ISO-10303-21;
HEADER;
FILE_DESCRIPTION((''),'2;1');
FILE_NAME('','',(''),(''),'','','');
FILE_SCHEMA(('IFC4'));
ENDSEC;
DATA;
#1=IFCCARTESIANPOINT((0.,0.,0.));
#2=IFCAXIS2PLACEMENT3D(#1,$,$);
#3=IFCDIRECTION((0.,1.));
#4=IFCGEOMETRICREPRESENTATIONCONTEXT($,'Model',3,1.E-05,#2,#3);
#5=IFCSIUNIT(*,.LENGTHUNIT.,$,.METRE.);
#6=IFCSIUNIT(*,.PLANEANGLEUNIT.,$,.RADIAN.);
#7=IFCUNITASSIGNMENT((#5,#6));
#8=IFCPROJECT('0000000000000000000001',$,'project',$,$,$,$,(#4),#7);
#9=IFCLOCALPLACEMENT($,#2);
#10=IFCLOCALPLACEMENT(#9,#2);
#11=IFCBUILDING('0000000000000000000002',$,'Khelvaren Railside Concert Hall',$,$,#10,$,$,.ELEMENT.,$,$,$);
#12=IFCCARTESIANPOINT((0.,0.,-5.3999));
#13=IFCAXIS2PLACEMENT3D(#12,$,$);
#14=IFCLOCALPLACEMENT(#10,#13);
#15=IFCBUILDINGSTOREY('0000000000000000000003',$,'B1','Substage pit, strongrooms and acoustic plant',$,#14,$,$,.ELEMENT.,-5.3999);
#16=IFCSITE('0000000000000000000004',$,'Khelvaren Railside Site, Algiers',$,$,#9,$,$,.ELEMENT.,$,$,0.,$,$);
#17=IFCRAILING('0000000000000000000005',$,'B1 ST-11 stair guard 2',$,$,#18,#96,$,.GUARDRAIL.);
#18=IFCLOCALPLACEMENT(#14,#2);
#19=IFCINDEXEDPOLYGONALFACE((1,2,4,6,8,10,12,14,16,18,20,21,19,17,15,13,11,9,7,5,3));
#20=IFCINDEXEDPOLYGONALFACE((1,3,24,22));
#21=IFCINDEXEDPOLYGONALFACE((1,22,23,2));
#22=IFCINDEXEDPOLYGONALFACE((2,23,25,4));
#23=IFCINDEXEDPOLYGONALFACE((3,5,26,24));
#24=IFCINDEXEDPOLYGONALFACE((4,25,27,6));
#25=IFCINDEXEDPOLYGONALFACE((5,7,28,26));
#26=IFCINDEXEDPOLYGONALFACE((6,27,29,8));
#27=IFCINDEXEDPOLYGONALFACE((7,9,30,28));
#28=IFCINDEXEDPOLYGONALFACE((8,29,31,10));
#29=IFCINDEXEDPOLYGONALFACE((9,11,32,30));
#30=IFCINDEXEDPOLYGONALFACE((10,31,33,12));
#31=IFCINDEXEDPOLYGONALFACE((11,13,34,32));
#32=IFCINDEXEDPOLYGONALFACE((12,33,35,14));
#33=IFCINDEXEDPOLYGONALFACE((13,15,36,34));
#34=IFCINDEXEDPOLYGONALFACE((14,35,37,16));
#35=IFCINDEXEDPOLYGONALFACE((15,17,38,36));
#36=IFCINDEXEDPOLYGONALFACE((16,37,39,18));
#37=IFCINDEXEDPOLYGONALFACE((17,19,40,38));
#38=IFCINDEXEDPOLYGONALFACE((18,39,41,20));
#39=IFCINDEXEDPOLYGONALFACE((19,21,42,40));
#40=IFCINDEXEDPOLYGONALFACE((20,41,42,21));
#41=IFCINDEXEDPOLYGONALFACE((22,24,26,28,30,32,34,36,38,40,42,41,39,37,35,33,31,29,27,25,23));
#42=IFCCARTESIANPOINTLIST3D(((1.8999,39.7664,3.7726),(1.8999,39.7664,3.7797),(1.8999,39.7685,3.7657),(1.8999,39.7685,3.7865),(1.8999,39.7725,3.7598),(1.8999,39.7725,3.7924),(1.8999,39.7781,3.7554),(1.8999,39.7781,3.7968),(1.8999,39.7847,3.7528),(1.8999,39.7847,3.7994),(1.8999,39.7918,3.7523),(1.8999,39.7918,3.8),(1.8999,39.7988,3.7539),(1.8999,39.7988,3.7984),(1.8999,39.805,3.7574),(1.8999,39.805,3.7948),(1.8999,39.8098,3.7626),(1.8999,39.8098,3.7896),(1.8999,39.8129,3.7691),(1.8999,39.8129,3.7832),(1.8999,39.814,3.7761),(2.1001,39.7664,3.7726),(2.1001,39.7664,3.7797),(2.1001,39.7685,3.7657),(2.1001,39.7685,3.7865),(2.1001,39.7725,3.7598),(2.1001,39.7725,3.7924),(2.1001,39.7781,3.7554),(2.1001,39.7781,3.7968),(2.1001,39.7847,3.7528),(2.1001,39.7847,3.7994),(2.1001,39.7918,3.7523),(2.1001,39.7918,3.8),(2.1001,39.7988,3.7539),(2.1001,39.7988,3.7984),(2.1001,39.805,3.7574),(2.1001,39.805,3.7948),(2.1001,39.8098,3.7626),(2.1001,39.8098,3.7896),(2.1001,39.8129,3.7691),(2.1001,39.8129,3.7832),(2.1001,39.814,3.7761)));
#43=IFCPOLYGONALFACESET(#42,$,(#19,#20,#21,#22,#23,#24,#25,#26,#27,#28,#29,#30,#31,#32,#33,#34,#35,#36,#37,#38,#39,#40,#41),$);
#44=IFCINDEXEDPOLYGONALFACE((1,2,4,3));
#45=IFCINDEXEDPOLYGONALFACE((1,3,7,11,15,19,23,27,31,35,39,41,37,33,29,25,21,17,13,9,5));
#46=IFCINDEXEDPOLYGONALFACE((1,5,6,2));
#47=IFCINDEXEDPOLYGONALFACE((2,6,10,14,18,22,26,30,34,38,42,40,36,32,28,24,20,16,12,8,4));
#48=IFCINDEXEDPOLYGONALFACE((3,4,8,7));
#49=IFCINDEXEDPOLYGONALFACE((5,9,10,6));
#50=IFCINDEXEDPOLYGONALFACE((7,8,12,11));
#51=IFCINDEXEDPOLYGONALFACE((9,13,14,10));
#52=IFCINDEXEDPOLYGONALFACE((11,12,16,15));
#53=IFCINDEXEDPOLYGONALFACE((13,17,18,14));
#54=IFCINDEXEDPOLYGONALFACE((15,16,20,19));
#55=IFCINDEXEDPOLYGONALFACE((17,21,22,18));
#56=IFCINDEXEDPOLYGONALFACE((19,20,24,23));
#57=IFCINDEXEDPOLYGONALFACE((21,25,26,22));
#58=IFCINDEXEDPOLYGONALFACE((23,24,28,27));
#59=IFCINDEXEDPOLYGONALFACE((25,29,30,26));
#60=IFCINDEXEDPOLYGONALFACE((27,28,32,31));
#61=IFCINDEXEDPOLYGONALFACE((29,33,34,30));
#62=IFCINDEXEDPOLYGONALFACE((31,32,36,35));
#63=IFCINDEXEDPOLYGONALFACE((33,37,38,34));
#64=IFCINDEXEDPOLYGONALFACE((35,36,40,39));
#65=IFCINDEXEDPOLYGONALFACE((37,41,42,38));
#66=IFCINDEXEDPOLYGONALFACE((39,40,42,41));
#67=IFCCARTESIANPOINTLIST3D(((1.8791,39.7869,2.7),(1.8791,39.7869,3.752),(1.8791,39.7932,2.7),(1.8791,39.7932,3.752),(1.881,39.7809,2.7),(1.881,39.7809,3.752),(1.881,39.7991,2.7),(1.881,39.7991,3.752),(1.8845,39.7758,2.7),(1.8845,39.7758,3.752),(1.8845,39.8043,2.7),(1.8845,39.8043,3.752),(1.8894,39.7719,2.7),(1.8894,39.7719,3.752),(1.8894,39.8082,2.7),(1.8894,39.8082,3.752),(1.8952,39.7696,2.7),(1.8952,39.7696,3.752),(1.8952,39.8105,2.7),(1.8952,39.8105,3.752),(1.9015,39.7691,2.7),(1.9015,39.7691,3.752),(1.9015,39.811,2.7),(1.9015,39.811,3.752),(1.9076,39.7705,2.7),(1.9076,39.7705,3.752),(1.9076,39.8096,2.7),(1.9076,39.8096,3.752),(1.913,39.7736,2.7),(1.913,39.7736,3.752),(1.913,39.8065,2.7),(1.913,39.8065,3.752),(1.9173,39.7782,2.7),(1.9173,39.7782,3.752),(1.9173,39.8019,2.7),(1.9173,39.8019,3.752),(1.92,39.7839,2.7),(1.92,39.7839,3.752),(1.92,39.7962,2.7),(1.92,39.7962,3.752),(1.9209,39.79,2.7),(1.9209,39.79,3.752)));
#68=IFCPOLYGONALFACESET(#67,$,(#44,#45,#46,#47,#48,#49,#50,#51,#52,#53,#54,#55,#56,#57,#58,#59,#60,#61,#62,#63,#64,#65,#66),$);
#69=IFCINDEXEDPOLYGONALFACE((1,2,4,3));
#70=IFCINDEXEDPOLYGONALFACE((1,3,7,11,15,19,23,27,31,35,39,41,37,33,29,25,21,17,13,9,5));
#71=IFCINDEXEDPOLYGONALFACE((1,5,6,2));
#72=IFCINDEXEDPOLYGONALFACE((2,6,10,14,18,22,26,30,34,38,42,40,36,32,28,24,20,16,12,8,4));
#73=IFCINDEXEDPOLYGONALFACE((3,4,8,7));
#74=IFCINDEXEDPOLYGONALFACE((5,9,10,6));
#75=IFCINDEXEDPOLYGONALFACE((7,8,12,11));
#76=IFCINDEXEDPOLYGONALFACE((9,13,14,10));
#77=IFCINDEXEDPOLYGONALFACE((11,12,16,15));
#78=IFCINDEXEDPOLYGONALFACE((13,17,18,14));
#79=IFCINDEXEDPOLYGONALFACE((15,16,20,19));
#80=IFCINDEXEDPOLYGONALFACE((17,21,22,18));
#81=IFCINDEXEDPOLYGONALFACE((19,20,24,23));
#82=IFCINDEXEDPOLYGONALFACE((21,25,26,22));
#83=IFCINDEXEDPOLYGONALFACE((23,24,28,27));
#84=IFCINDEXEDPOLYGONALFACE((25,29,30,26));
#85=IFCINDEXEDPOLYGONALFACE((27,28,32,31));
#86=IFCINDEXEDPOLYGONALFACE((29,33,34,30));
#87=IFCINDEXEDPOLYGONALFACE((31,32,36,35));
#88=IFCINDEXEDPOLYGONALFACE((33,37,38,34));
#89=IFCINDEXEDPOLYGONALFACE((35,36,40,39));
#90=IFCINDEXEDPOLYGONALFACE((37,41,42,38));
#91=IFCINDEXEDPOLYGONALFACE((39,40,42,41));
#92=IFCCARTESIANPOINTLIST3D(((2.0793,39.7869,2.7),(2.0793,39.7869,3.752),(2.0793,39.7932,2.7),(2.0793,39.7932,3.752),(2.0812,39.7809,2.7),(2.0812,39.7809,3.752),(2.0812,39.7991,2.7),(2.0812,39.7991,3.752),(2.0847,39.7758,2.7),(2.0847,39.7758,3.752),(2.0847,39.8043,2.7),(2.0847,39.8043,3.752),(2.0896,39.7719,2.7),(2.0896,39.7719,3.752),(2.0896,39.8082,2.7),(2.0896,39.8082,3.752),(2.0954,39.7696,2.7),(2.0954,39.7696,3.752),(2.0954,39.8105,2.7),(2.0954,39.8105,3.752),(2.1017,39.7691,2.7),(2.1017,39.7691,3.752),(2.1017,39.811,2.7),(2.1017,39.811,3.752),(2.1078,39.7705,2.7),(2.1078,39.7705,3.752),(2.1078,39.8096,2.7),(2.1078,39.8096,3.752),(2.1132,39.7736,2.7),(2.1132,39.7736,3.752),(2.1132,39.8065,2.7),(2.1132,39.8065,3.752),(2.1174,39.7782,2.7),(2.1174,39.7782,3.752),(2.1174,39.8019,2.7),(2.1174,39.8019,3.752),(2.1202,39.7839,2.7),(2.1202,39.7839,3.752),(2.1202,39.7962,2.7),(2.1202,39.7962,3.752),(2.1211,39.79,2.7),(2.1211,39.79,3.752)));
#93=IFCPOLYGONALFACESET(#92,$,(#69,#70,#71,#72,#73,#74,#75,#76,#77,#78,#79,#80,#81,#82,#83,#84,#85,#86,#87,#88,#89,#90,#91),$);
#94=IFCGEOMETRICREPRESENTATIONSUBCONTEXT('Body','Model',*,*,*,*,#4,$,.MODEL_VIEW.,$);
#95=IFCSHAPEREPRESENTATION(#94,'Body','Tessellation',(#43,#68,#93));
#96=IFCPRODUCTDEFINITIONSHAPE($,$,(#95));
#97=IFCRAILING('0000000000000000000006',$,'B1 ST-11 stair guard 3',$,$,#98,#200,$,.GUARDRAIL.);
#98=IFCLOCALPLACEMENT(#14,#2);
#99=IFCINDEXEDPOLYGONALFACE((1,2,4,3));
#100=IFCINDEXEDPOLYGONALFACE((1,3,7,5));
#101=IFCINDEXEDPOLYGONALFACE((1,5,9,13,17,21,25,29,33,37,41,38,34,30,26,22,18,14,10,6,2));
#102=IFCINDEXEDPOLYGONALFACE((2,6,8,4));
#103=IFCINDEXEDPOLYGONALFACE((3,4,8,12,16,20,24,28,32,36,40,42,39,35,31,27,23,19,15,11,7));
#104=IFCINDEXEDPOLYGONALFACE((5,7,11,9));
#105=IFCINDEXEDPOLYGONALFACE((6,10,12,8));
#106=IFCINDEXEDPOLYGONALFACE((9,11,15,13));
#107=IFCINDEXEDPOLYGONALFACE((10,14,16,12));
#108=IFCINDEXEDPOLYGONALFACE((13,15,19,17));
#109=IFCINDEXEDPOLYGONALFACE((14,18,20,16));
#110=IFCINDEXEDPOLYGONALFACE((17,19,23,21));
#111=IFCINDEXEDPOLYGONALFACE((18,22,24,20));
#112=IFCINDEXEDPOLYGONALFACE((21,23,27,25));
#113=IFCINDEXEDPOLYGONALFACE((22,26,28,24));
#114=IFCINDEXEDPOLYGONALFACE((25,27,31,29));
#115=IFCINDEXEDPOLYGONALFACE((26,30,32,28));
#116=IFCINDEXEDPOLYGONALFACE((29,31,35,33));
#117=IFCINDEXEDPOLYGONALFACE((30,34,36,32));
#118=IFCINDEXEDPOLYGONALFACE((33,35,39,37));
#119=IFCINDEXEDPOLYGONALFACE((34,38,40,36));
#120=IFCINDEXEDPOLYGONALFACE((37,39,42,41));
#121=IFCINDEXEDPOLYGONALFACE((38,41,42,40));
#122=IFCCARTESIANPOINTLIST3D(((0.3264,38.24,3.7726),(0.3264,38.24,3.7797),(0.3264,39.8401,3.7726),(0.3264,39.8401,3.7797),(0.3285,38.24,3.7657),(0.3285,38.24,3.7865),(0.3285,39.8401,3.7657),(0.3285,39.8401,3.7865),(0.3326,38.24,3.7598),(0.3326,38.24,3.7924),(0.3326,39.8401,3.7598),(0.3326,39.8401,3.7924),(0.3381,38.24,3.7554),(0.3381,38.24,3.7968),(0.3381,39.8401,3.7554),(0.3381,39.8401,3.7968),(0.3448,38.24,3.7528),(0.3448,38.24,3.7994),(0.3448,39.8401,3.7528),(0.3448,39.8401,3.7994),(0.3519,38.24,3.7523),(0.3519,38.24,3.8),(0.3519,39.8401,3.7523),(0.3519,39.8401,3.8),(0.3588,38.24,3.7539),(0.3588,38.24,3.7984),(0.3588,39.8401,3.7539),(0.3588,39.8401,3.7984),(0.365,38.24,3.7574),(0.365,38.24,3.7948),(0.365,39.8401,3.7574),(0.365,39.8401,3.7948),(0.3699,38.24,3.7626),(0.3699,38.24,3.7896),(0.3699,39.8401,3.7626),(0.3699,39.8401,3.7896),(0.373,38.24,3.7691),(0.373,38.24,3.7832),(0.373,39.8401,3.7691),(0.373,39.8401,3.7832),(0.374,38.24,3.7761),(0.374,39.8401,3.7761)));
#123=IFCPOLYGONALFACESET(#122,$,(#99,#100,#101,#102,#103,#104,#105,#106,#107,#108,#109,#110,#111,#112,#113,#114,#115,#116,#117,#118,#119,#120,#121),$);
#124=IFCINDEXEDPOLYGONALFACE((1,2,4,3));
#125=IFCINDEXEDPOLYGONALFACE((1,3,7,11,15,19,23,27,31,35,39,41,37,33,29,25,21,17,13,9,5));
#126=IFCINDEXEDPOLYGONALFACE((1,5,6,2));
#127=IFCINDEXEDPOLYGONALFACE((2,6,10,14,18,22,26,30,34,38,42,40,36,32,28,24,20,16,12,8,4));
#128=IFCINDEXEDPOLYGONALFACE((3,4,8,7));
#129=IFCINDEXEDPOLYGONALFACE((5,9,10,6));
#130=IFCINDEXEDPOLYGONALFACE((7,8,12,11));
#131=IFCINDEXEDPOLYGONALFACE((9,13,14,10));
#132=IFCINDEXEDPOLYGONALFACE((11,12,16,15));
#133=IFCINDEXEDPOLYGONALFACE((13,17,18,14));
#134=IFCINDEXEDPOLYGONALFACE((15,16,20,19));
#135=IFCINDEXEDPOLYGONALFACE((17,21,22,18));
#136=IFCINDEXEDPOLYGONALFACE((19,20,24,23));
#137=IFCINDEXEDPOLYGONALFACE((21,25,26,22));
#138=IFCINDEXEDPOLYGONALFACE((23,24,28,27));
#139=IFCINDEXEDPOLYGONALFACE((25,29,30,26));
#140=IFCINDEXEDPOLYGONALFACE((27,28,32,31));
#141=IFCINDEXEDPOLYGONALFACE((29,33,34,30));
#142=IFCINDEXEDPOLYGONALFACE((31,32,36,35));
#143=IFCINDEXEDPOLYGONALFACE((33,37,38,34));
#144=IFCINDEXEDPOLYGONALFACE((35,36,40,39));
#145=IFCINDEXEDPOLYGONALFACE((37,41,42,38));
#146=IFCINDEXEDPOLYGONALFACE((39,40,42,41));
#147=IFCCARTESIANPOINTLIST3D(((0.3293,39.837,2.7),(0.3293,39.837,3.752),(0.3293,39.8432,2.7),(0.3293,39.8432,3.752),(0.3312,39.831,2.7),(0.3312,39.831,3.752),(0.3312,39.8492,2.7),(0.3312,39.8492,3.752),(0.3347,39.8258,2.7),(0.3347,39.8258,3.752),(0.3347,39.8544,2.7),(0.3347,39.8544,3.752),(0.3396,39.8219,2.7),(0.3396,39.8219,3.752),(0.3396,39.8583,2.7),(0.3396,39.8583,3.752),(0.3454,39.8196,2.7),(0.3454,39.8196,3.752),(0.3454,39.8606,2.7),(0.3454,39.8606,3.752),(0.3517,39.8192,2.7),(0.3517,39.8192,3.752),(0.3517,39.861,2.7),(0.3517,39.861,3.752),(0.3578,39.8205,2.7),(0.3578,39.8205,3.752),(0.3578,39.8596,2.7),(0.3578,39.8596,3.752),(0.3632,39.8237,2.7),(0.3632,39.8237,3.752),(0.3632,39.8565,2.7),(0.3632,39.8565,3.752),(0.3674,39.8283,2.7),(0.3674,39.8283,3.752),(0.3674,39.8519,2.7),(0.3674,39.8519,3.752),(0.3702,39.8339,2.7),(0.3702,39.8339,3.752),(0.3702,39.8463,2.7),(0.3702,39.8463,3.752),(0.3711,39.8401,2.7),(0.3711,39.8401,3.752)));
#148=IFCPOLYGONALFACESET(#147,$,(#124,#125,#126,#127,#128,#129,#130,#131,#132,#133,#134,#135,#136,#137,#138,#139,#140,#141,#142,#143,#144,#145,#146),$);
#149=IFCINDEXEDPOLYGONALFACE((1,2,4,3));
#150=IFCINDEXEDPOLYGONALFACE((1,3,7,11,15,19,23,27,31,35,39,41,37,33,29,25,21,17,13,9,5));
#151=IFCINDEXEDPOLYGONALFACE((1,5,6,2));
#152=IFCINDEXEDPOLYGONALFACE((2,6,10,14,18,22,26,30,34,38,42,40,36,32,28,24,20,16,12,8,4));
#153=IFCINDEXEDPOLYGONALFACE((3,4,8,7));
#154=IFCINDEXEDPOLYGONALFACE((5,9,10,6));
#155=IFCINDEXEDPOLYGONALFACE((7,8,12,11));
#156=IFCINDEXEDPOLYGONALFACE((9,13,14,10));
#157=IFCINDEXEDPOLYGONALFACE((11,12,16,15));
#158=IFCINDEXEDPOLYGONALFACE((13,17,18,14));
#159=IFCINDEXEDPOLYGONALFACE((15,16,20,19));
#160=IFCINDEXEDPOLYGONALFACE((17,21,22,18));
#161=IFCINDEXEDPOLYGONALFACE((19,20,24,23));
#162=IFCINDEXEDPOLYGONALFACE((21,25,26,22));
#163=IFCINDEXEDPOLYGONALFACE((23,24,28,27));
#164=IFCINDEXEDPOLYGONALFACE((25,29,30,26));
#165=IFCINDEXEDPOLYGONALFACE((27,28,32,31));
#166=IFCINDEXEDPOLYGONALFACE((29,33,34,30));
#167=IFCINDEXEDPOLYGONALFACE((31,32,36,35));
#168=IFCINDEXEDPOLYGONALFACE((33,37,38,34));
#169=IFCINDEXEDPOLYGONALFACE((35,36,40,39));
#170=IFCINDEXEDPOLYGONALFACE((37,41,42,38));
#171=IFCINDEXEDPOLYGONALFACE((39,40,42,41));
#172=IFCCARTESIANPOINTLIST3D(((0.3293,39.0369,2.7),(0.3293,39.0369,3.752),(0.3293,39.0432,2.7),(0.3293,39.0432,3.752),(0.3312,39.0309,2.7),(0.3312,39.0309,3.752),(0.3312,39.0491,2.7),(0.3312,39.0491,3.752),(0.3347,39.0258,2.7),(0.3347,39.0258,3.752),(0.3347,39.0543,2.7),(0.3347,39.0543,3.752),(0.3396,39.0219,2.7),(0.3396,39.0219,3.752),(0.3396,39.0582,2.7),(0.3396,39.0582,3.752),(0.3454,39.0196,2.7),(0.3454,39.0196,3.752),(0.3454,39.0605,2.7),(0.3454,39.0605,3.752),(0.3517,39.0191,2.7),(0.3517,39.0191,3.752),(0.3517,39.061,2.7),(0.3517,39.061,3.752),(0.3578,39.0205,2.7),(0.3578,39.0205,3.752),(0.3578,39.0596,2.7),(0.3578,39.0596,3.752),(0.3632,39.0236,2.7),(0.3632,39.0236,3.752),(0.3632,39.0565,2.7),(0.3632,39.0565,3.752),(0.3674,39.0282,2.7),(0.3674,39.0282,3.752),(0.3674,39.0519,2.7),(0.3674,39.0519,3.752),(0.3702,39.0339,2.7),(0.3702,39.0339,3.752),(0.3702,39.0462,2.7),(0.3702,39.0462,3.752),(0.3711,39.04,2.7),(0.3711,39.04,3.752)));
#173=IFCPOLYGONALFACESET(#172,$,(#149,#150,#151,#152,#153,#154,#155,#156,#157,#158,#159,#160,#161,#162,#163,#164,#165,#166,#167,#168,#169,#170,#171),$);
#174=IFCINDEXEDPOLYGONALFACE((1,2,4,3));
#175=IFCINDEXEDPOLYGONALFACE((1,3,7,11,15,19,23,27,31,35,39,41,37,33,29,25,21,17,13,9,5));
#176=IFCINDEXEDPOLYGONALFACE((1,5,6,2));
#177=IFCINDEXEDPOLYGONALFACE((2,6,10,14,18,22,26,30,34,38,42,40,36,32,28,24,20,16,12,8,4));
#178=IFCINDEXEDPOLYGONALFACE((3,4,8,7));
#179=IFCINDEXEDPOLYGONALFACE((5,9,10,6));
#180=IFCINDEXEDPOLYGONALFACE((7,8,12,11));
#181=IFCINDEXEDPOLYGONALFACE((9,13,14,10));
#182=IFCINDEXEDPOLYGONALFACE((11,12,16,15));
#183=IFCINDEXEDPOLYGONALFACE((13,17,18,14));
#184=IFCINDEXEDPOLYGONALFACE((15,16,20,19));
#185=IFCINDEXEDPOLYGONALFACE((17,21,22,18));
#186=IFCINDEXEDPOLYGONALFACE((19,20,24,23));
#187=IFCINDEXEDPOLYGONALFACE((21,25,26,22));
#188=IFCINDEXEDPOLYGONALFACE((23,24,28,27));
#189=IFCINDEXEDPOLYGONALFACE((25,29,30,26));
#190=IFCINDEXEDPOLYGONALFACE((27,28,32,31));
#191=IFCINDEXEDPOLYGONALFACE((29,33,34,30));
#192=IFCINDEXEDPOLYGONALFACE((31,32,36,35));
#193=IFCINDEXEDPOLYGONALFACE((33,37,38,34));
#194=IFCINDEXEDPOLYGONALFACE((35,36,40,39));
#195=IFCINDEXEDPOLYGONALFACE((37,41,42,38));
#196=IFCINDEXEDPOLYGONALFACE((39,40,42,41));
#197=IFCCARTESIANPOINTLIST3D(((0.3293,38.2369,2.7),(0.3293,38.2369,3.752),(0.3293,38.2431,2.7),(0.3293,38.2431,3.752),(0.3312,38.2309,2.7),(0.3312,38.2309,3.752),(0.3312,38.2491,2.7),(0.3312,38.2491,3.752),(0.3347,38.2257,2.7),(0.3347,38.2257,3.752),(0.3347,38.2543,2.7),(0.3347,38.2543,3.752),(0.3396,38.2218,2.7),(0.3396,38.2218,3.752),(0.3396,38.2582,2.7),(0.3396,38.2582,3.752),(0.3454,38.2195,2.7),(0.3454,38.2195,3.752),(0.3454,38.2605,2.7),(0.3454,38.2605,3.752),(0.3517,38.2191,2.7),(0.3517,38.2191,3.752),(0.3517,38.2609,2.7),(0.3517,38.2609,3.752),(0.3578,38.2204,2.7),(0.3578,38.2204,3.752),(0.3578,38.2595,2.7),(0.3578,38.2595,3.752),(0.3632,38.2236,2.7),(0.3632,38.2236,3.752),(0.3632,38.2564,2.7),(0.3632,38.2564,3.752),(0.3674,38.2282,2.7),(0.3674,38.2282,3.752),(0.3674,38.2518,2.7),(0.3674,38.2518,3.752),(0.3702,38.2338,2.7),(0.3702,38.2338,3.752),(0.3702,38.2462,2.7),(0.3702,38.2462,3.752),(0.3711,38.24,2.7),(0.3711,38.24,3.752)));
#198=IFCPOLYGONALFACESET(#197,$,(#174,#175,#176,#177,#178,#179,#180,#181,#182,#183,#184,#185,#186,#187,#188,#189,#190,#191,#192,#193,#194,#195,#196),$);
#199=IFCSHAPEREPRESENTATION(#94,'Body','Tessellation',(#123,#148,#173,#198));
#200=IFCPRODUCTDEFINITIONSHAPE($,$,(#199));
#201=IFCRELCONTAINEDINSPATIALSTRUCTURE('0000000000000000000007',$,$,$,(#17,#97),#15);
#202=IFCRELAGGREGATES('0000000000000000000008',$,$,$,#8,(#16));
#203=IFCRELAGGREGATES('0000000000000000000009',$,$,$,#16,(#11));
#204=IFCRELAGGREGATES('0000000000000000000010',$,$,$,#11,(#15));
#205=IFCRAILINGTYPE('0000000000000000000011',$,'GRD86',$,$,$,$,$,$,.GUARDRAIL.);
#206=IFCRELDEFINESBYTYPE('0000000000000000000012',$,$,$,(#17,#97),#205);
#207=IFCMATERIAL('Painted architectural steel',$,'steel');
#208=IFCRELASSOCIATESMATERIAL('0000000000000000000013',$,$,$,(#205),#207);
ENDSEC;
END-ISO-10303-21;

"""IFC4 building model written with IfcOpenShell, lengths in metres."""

from ifc_helpers import new_model, si_unit, direction, frame, origin, origin_2d, place, context, subcontext, project, spatial, circle, extrude, material, type_object, element, save


model = new_model("IFC4")

# Units and contexts
model_context = context("Model", 3, precision=1e-05, world=origin(), true_north=direction((0.0, 1.0)))
body_context = subcontext(model_context, "Body", "Model", "MODEL_VIEW")
ifc_project = project(units=[si_unit("LENGTHUNIT", "METRE"), si_unit("PLANEANGLEUNIT", "RADIAN")], contexts=[model_context])

# Site, building, storey
site_placement = place(None, origin())
site = spatial("IfcSite", under=ifc_project, at=site_placement, Name="Khelvaren Railside Site, Algiers", CompositionType="ELEMENT", RefElevation=0.0)
building_placement = place(site_placement, origin())
building = spatial("IfcBuilding", under=site, at=building_placement, Name="Khelvaren Railside Concert Hall", CompositionType="ELEMENT")
storey_placement = place(building_placement, frame((0.0, 0.0, -5.3999)))
storey = spatial("IfcBuildingStorey", under=building, at=storey_placement, Name="B1", Description="Substage pit, strongrooms and acoustic plant", CompositionType="ELEMENT", Elevation=-5.3999)

# Railings
ifc_material_1 = material(Name="Painted architectural steel", Category="steel")
railing_type_1 = type_object("IfcRailingType", Name="GRD86", PredefinedType="GUARDRAIL", material=ifc_material_1)
railing_1_placement = place(storey_placement, frame((1.8999, 39.79, 2.7)))
element("IfcRailing", 1, at=railing_1_placement, inside=storey, type_object=railing_type_1, Name="B1 ST-11 stair guard 2", PredefinedType="GUARDRAIL", context=body_context, shape_type="SweptSolid", body=[
    extrude(circle(Radius=0.0239, at=origin_2d()), frame((0.0, 0.0, 1.0762), z_axis=(1.0, 0.0, 0.0), x_axis=(0.0, 1.0, 0.0)), (0.0, 0.0, 1.0), 0.2002),
    extrude(circle(Radius=0.021, at=origin_2d()), origin(), (0.0, 0.0, 1.0), 1.052),
    extrude(circle(Radius=0.021, at=origin_2d()), frame((0.2002, 0.0, 0.0)), (0.0, 0.0, 1.0), 1.052),
])
for number, where, name in (
    (2, (0.3501, 39.8401, 2.7), "B1 ST-11 stair guard 3"),
):
    element("IfcRailing", number, at=place(storey_placement, frame(where)), inside=storey, type_object=railing_type_1, Name=name, PredefinedType="GUARDRAIL", context=body_context, shape_type="SweptSolid", body=[
        extrude(circle(Radius=0.0239, at=origin_2d()), frame((0.0, 0.0, 1.0762), z_axis=(0.0, -1.0, 0.0), x_axis=(1.0, 0.0, 0.0)), (0.0, 0.0, 1.0), 1.6001),
        extrude(circle(Radius=0.021, at=origin_2d()), origin(), (0.0, 0.0, 1.0), 1.052),
        extrude(circle(Radius=0.021, at=origin_2d()), frame((0.0, -0.8, 0.0)), (0.0, 0.0, 1.0), 1.052),
        extrude(circle(Radius=0.021, at=origin_2d()), frame((0.0, -1.6001, 0.0)), (0.0, 0.0, 1.0), 1.052),
    ])

save(model, "model.ifc")
